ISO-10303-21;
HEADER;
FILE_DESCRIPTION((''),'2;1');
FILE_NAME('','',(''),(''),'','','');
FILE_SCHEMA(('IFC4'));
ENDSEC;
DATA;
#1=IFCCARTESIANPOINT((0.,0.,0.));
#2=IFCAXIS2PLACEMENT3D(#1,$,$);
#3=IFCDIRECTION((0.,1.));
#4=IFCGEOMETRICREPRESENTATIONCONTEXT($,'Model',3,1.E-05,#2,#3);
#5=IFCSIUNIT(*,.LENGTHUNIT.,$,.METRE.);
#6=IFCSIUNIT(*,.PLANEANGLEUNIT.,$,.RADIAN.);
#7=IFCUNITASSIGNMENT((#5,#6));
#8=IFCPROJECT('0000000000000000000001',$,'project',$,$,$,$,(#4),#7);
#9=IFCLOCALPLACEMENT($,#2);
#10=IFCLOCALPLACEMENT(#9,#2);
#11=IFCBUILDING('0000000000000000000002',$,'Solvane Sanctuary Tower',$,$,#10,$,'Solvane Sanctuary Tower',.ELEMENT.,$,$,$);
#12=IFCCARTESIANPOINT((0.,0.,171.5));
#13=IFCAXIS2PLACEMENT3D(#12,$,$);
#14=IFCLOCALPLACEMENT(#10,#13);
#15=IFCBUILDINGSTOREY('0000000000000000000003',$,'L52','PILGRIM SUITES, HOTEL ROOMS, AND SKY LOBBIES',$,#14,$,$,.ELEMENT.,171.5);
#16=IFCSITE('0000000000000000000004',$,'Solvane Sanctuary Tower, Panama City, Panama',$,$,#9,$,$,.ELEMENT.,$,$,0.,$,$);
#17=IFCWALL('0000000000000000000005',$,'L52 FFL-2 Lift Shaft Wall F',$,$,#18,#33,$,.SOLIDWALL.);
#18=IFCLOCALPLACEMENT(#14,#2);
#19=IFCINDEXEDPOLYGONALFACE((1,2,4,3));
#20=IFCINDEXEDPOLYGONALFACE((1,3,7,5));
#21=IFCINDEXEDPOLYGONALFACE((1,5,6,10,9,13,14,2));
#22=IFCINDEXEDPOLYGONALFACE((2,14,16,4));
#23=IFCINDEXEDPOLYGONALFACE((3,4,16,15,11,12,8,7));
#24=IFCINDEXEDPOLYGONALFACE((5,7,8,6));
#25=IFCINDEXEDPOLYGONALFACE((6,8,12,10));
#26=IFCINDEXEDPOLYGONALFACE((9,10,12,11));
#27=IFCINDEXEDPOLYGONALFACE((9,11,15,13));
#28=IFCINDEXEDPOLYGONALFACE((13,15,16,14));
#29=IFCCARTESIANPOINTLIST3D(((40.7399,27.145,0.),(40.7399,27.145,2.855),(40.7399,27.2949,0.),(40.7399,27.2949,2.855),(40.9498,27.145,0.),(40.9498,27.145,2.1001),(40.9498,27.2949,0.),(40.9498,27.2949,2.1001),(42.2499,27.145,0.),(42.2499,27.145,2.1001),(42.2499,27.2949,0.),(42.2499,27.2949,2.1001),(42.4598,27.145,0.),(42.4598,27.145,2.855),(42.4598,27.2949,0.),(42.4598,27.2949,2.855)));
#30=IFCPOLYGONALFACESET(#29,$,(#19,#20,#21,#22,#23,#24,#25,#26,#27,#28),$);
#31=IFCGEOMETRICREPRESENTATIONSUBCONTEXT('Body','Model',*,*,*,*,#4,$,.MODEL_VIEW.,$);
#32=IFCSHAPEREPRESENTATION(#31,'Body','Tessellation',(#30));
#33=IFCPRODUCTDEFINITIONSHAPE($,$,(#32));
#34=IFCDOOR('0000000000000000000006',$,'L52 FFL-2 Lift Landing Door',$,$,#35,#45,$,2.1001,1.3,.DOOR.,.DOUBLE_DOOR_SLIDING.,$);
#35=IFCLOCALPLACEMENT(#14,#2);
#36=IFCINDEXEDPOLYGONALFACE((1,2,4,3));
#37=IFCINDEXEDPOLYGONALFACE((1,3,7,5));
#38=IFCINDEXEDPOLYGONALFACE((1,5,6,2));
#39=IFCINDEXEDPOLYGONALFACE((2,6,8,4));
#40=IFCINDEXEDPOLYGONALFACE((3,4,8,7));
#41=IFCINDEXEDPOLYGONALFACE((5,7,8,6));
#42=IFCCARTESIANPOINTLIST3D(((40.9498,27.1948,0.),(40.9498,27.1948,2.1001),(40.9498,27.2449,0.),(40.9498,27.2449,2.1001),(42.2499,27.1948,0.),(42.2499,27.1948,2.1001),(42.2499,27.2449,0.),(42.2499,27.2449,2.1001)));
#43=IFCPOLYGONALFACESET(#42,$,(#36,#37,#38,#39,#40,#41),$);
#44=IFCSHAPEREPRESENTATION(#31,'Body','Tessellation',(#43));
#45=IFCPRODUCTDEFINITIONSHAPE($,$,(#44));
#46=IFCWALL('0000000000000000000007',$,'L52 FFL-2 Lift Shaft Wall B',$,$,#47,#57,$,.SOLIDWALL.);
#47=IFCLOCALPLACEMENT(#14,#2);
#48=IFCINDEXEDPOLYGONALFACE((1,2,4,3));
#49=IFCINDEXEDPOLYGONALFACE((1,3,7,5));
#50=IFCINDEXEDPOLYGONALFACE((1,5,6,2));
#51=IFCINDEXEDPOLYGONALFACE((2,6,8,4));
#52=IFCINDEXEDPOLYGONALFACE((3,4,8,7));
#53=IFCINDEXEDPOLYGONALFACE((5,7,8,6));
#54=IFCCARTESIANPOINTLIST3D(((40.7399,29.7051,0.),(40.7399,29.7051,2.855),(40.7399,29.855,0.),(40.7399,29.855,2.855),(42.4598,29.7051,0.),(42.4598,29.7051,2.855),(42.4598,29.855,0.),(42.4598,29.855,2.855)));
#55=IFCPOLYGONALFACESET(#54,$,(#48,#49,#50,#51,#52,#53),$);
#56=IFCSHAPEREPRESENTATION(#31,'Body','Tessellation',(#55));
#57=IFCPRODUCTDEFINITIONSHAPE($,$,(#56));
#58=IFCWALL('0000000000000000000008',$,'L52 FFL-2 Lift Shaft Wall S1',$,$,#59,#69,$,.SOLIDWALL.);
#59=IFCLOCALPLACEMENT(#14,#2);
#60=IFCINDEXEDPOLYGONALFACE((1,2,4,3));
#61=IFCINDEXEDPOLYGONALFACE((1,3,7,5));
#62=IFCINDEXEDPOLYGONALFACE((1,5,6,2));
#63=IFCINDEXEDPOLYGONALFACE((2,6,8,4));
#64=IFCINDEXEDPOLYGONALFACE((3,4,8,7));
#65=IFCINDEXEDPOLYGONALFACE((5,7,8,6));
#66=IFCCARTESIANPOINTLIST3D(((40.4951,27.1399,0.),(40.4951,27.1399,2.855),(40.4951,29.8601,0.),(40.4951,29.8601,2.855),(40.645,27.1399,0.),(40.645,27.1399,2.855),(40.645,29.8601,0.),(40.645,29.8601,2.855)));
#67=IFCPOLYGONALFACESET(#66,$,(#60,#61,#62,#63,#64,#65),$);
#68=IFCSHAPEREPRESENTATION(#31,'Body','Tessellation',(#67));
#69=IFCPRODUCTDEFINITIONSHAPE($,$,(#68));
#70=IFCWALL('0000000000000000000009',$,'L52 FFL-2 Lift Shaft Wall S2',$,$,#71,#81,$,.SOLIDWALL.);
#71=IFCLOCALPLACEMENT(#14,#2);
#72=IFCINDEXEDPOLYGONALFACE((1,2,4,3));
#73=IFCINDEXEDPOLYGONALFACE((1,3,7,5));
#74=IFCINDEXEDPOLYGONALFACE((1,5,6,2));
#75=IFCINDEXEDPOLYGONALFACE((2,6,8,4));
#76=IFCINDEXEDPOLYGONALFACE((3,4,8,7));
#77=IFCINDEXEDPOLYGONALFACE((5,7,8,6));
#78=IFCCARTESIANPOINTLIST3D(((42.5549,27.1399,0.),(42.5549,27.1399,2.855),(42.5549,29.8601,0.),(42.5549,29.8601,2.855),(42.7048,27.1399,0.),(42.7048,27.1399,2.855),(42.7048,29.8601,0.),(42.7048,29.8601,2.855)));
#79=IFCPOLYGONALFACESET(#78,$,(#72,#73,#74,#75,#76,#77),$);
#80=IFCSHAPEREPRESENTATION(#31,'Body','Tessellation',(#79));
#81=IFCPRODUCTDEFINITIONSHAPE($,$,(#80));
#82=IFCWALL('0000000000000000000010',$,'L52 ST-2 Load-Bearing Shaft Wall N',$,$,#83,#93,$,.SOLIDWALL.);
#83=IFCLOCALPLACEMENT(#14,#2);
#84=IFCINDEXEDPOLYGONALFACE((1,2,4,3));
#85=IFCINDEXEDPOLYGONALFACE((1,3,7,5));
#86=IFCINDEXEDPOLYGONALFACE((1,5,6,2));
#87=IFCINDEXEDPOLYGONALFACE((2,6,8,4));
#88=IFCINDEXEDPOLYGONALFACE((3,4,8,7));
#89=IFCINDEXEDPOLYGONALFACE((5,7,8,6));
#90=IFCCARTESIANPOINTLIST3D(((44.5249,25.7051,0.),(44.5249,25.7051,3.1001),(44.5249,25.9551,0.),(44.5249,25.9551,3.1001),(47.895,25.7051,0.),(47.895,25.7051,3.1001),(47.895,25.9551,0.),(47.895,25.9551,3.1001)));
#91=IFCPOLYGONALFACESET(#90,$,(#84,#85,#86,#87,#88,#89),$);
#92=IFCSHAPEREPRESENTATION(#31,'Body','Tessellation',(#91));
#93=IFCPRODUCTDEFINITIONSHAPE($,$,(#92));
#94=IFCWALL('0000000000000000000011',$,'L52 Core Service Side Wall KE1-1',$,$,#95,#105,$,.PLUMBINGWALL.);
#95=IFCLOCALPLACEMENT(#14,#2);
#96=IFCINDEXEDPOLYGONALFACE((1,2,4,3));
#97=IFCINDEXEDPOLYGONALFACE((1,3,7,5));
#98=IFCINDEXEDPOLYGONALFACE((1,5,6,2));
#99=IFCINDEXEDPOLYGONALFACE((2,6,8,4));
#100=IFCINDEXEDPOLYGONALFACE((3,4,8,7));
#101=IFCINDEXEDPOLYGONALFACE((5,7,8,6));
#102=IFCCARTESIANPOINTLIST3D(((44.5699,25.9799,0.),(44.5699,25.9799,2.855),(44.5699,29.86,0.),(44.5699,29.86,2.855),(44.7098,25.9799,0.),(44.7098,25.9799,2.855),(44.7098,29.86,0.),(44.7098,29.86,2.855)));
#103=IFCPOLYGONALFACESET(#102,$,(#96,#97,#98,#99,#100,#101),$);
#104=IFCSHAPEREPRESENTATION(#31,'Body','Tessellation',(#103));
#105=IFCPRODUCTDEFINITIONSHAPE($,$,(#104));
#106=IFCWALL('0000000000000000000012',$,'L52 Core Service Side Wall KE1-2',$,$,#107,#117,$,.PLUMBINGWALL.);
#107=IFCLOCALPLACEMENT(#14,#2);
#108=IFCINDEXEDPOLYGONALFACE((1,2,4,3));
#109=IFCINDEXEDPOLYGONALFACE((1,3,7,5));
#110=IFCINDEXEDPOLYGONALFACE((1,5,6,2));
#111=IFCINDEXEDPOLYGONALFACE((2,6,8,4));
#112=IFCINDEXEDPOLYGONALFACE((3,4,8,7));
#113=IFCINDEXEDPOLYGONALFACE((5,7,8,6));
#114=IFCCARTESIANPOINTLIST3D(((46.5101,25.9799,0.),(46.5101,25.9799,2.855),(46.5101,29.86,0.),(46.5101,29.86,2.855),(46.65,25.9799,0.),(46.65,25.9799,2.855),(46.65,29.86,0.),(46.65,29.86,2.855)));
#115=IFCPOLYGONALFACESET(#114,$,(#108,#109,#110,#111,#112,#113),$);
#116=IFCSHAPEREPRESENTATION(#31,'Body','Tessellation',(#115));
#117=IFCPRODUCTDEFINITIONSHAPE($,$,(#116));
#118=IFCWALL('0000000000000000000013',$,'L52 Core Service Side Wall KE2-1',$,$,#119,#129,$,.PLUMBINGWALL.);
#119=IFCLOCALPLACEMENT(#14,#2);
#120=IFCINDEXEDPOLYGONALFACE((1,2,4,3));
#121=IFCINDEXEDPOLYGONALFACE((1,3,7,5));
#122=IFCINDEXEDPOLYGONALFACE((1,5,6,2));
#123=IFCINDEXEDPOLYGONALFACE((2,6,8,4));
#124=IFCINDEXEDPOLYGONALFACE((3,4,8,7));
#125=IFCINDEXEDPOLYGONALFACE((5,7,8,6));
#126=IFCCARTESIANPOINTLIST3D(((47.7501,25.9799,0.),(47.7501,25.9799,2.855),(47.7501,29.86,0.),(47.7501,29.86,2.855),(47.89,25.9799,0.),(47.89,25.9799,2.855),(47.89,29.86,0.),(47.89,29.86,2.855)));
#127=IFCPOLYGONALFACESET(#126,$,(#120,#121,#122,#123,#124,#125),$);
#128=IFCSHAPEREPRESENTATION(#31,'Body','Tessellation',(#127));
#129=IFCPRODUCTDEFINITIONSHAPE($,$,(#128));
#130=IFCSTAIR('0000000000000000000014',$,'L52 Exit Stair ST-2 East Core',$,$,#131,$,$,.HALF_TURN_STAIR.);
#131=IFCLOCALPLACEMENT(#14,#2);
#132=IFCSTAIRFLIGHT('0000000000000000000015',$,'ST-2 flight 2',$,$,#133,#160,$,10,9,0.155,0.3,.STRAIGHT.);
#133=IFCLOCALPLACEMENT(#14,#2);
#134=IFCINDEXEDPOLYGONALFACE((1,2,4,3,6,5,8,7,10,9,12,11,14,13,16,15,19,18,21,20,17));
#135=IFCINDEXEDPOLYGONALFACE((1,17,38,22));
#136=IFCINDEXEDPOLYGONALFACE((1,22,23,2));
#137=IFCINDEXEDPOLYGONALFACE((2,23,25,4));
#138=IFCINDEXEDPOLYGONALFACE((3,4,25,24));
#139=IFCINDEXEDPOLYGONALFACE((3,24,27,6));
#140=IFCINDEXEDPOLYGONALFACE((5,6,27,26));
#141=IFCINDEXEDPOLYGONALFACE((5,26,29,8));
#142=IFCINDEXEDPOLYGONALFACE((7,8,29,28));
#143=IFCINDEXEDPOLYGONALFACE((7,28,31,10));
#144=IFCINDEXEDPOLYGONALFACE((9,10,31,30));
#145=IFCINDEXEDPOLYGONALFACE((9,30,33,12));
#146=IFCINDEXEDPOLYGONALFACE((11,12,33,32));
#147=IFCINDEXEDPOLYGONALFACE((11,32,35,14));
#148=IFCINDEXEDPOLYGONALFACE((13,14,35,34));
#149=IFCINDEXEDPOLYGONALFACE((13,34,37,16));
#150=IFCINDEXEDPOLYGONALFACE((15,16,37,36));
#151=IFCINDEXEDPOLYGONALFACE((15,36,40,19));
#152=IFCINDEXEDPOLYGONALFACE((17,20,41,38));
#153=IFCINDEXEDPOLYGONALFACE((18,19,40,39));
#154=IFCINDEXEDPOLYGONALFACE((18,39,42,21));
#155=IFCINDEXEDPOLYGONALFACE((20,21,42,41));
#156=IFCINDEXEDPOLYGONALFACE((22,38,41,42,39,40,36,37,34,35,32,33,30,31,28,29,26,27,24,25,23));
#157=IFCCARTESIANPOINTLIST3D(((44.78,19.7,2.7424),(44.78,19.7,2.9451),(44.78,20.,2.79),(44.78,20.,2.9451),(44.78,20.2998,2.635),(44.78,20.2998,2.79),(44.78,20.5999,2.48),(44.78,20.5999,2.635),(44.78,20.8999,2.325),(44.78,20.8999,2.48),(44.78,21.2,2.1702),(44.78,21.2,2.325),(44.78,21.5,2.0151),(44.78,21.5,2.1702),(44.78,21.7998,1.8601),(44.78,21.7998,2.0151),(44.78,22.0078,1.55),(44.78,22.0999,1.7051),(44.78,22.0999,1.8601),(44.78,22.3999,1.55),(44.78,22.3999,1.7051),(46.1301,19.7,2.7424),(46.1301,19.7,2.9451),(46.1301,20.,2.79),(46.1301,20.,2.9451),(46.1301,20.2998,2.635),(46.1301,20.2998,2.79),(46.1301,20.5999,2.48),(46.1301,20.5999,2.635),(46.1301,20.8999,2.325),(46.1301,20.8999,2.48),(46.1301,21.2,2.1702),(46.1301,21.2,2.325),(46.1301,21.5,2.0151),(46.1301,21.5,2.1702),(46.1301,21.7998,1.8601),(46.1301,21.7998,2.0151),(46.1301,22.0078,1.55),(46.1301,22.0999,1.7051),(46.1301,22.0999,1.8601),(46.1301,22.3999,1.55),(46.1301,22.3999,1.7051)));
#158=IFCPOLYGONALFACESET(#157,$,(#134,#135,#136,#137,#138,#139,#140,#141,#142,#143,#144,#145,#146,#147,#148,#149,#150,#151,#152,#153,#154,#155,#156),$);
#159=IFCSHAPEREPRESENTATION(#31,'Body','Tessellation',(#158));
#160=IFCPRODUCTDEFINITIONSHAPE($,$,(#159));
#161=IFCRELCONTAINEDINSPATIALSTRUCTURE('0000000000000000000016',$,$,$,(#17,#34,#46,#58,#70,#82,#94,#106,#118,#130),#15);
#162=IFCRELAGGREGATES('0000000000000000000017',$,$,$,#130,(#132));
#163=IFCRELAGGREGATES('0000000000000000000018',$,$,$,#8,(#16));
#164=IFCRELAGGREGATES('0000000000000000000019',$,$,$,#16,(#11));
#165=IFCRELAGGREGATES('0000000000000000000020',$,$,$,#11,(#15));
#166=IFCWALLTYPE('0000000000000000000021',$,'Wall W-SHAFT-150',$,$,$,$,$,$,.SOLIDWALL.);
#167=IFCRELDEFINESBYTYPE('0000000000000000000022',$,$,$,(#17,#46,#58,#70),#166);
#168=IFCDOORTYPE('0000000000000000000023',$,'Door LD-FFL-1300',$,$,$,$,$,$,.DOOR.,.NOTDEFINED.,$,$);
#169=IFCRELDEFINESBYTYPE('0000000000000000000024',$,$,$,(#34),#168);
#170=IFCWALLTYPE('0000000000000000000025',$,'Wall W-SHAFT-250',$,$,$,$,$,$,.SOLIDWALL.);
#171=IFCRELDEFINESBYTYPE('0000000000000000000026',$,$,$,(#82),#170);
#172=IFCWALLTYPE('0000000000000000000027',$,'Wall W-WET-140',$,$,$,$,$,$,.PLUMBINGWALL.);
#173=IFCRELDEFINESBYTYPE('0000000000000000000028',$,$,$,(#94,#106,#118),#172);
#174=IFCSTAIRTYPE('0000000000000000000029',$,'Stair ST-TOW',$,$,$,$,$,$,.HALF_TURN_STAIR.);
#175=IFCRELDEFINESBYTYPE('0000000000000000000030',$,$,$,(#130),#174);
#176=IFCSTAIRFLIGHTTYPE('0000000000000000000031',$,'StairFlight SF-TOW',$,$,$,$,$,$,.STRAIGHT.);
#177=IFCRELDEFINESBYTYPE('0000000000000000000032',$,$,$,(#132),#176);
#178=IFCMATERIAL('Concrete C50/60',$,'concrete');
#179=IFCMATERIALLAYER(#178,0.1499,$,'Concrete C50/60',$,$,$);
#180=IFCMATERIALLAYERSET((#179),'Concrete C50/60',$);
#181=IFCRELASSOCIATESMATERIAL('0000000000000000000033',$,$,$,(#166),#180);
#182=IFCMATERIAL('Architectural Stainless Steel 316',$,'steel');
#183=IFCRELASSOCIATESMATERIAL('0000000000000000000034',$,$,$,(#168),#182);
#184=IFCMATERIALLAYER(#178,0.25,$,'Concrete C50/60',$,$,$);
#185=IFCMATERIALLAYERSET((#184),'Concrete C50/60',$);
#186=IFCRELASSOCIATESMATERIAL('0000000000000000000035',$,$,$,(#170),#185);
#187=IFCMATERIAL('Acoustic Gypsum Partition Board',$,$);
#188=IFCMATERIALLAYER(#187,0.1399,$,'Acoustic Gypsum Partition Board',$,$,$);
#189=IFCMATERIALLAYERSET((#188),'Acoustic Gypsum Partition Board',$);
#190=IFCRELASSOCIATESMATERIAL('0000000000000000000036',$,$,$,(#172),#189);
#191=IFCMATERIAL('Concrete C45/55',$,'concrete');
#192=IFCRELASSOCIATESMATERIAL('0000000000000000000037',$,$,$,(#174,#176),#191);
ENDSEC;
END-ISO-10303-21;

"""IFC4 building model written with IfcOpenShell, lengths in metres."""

from ifc_helpers import new_model, si_unit, direction, frame, frame_2d, origin, place, context, subcontext, project, spatial, polyline, rectangle, outline, extrude, material, layer, layer_set, type_object, element, fill, aggregate, save


model = new_model("IFC4")

# Units and contexts
model_context = context("Model", 3, precision=1e-05, world=origin(), true_north=direction((0.0, 1.0)))
body_context = subcontext(model_context, "Body", "Model", "MODEL_VIEW")
ifc_project = project(units=[si_unit("LENGTHUNIT", "METRE"), si_unit("PLANEANGLEUNIT", "RADIAN")], contexts=[model_context])

# Site, building, storey
site_placement = place(None, origin())
site = spatial("IfcSite", under=ifc_project, at=site_placement, Name="Solvane Sanctuary Tower, Panama City, Panama", CompositionType="ELEMENT", RefElevation=0.0)
building_placement = place(site_placement, origin())
building = spatial("IfcBuilding", under=site, at=building_placement, Name="Solvane Sanctuary Tower", LongName="Solvane Sanctuary Tower", CompositionType="ELEMENT")
storey_placement = place(building_placement, frame((0.0, 0.0, 171.5)))
storey = spatial("IfcBuildingStorey", under=building, at=storey_placement, Name="L52", Description="PILGRIM SUITES, HOTEL ROOMS, AND SKY LOBBIES", CompositionType="ELEMENT", Elevation=171.5)

# Shared definitions
ifc_material_1 = material(Name="Acoustic Gypsum Partition Board")

# Shared definitions
ifc_material_2 = material(Name="Concrete C50/60", Category="concrete")
ifc_layer_1 = layer(ifc_material_2, 0.1499, Name="Concrete C50/60")
ifc_layer_set_1 = layer_set([ifc_layer_1], Name="Concrete C50/60")
wall_type_1 = type_object("IfcWallType", Name="Wall W-SHAFT-150", PredefinedType="SOLIDWALL", material=ifc_layer_set_1)
ifc_material_3 = material(Name="Architectural Stainless Steel 316", Category="steel")

# Wall, opening, door
wall_1_placement = place(storey_placement, frame((40.74, 27.22, 0.0), z_axis=(0.0, 0.0, 1.0), x_axis=(1.0, 0.0, 0.0)))
wall_1 = element("IfcWall", 1, at=wall_1_placement, inside=storey, type_object=wall_type_1, Name="L52 FFL-2 Lift Shaft Wall F", PredefinedType="SOLIDWALL", context=body_context, shape_type="SweptSolid", body=[
    extrude(rectangle(XDim=1.72, YDim=0.1499, at=frame_2d((0.8599, 0.0))), origin(), (0.0, 0.0, 1.0), 2.855),
])
opening_1_placement = place(wall_1_placement, frame((0.21, 0.0, 0.0)))
opening_1 = element("IfcOpeningElement", 2, at=opening_1_placement, cuts=wall_1, PredefinedType="OPENING", context=body_context, shape_type="SweptSolid", body=[
    extrude(rectangle(XDim=1.3, YDim=2.1001, at=frame_2d((0.6499, 1.05))), frame((0.0, 0.085, 0.0), z_axis=(0.0, -1.0, 0.0), x_axis=(1.0, 0.0, 0.0)), (0.0, 0.0, 1.0), 0.1699),
])
door_type_1 = type_object("IfcDoorType", Name="Door LD-FFL-1300", OperationType="NOTDEFINED", PredefinedType="DOOR", material=ifc_material_3)
door_1_placement = place(opening_1_placement, origin())
door_1 = element("IfcDoor", 3, at=door_1_placement, inside=storey, type_object=door_type_1, Name="L52 FFL-2 Lift Landing Door", OperationType="DOUBLE_DOOR_SLIDING", OverallHeight=2.1001, OverallWidth=1.3, PredefinedType="DOOR", context=body_context, shape_type="SweptSolid", body=[
    extrude(rectangle(XDim=1.3, YDim=2.1001, at=frame_2d((0.6499, 1.05))), frame((0.0, 0.0249, 0.0), z_axis=(0.0, -1.0, 0.0), x_axis=(1.0, 0.0, 0.0)), (0.0, 0.0, 1.0), 0.05),
])
fill(opening_1, door_1)

# Walls
wall_2_placement = place(storey_placement, frame((40.74, 29.78, 0.0), z_axis=(0.0, 0.0, 1.0), x_axis=(1.0, 0.0, 0.0)))
element("IfcWall", 4, at=wall_2_placement, inside=storey, type_object=wall_type_1, Name="L52 FFL-2 Lift Shaft Wall B", PredefinedType="SOLIDWALL", context=body_context, shape_type="SweptSolid", body=[
    extrude(rectangle(XDim=1.72, YDim=0.1499, at=frame_2d((0.8599, 0.0))), origin(), (0.0, 0.0, 1.0), 2.855),
])
for number, where, z_axis, x_axis, name in (
    (5, (40.5701, 27.1399, 0.0), (0.0, 0.0, 1.0), (0.0, 1.0, 0.0), "L52 FFL-2 Lift Shaft Wall S1"),
    (6, (42.6299, 27.1399, 0.0), (0.0, 0.0, 1.0), (0.0, 1.0, 0.0), "L52 FFL-2 Lift Shaft Wall S2"),
):
    element("IfcWall", number, at=place(storey_placement, frame(where, z_axis=z_axis, x_axis=x_axis)), inside=storey, type_object=wall_type_1, Name=name, PredefinedType="SOLIDWALL", context=body_context, shape_type="SweptSolid", body=[
        extrude(rectangle(XDim=2.7202, YDim=0.1499, at=frame_2d((1.3601, 0.0))), origin(), (0.0, 0.0, 1.0), 2.855),
    ])
ifc_layer_2 = layer(ifc_material_2, 0.25, Name="Concrete C50/60")
ifc_layer_set_2 = layer_set([ifc_layer_2], Name="Concrete C50/60")
wall_type_2 = type_object("IfcWallType", Name="Wall W-SHAFT-250", PredefinedType="SOLIDWALL", material=ifc_layer_set_2)
wall_3_placement = place(storey_placement, frame((44.5249, 25.8301, 0.0), z_axis=(0.0, 0.0, 1.0), x_axis=(1.0, 0.0, 0.0)))
element("IfcWall", 7, at=wall_3_placement, inside=storey, type_object=wall_type_2, Name="L52 ST-2 Load-Bearing Shaft Wall N", PredefinedType="SOLIDWALL", context=body_context, shape_type="SweptSolid", body=[
    extrude(rectangle(XDim=3.3701, YDim=0.25, at=frame_2d((1.6851, 0.0))), origin(), (0.0, 0.0, 1.0), 3.1001),
])
ifc_layer_3 = layer(ifc_material_1, 0.1399, Name="Acoustic Gypsum Partition Board")
ifc_layer_set_3 = layer_set([ifc_layer_3], Name="Acoustic Gypsum Partition Board")
wall_type_3 = type_object("IfcWallType", Name="Wall W-WET-140", PredefinedType="PLUMBINGWALL", material=ifc_layer_set_3)
for number, where, z_axis, x_axis, name in (
    (8, (44.6399, 25.98, 0.0), (0.0, 0.0, 1.0), (0.0, 1.0, 0.0), "L52 Core Service Side Wall KE1-1"),
    (9, (46.5801, 25.98, 0.0), (0.0, 0.0, 1.0), (0.0, 1.0, 0.0), "L52 Core Service Side Wall KE1-2"),
    (10, (47.8201, 25.98, 0.0), (0.0, 0.0, 1.0), (0.0, 1.0, 0.0), "L52 Core Service Side Wall KE2-1"),
):
    element("IfcWall", number, at=place(storey_placement, frame(where, z_axis=z_axis, x_axis=x_axis)), inside=storey, type_object=wall_type_3, Name=name, PredefinedType="PLUMBINGWALL", context=body_context, shape_type="SweptSolid", body=[
        extrude(rectangle(XDim=3.8801, YDim=0.1399, at=frame_2d((1.9399, 0.0))), origin(), (0.0, 0.0, 1.0), 2.855),
    ])

# Stair, stair flight
ifc_material_4 = material(Name="Concrete C45/55", Category="concrete")
stair_type = type_object("IfcStairType", Name="Stair ST-TOW", PredefinedType="HALF_TURN_STAIR", material=ifc_material_4)
stair_placement = place(storey_placement, origin())
stair = element("IfcStair", 11, at=stair_placement, inside=storey, type_object=stair_type, Name="L52 Exit Stair ST-2 East Core", PredefinedType="HALF_TURN_STAIR")
stair_flight_type = type_object("IfcStairFlightType", Name="StairFlight SF-TOW", PredefinedType="STRAIGHT", material=ifc_material_4)
stair_flight_placement = place(storey_placement, frame((45.4551, 22.3999, 1.55), z_axis=(0.0, 0.0, 1.0), x_axis=(0.0, -1.0, 0.0)))
stair_flight = element("IfcStairFlight", 12, at=stair_flight_placement, type_object=stair_flight_type, Name="ST-2 flight 2", NumberOfRisers=10, NumberOfTreads=9, PredefinedType="STRAIGHT", RiserHeight=0.155, TreadLength=0.3, context=body_context, shape_type="SweptSolid", body=[
    extrude(outline(polyline([(0.0, 0.0), (0.0, 0.155), (0.3, 0.155), (0.3, 0.3101), (0.6001, 0.3101), (0.6001, 0.4651), (0.8999, 0.4651), (0.8999, 0.6201), (1.2, 0.6201), (1.2, 0.7749), (1.5, 0.7749), (1.5, 0.9299), (1.8, 0.9299), (1.8, 1.085), (2.1001, 1.085), (2.1001, 1.24), (2.3999, 1.24), (2.3999, 1.395), (2.7, 1.395), (2.7, 1.55), (2.7, 1.1924), (0.3921, 0.0), (0.0, 0.0)])), frame((0.0, 0.675, 0.0), z_axis=(0.0, -1.0, 0.0), x_axis=(1.0, 0.0, 0.0)), (0.0, 0.0, 1.0), 1.3501),
])
aggregate(stair, [stair_flight])

save(model, "model.ifc")
